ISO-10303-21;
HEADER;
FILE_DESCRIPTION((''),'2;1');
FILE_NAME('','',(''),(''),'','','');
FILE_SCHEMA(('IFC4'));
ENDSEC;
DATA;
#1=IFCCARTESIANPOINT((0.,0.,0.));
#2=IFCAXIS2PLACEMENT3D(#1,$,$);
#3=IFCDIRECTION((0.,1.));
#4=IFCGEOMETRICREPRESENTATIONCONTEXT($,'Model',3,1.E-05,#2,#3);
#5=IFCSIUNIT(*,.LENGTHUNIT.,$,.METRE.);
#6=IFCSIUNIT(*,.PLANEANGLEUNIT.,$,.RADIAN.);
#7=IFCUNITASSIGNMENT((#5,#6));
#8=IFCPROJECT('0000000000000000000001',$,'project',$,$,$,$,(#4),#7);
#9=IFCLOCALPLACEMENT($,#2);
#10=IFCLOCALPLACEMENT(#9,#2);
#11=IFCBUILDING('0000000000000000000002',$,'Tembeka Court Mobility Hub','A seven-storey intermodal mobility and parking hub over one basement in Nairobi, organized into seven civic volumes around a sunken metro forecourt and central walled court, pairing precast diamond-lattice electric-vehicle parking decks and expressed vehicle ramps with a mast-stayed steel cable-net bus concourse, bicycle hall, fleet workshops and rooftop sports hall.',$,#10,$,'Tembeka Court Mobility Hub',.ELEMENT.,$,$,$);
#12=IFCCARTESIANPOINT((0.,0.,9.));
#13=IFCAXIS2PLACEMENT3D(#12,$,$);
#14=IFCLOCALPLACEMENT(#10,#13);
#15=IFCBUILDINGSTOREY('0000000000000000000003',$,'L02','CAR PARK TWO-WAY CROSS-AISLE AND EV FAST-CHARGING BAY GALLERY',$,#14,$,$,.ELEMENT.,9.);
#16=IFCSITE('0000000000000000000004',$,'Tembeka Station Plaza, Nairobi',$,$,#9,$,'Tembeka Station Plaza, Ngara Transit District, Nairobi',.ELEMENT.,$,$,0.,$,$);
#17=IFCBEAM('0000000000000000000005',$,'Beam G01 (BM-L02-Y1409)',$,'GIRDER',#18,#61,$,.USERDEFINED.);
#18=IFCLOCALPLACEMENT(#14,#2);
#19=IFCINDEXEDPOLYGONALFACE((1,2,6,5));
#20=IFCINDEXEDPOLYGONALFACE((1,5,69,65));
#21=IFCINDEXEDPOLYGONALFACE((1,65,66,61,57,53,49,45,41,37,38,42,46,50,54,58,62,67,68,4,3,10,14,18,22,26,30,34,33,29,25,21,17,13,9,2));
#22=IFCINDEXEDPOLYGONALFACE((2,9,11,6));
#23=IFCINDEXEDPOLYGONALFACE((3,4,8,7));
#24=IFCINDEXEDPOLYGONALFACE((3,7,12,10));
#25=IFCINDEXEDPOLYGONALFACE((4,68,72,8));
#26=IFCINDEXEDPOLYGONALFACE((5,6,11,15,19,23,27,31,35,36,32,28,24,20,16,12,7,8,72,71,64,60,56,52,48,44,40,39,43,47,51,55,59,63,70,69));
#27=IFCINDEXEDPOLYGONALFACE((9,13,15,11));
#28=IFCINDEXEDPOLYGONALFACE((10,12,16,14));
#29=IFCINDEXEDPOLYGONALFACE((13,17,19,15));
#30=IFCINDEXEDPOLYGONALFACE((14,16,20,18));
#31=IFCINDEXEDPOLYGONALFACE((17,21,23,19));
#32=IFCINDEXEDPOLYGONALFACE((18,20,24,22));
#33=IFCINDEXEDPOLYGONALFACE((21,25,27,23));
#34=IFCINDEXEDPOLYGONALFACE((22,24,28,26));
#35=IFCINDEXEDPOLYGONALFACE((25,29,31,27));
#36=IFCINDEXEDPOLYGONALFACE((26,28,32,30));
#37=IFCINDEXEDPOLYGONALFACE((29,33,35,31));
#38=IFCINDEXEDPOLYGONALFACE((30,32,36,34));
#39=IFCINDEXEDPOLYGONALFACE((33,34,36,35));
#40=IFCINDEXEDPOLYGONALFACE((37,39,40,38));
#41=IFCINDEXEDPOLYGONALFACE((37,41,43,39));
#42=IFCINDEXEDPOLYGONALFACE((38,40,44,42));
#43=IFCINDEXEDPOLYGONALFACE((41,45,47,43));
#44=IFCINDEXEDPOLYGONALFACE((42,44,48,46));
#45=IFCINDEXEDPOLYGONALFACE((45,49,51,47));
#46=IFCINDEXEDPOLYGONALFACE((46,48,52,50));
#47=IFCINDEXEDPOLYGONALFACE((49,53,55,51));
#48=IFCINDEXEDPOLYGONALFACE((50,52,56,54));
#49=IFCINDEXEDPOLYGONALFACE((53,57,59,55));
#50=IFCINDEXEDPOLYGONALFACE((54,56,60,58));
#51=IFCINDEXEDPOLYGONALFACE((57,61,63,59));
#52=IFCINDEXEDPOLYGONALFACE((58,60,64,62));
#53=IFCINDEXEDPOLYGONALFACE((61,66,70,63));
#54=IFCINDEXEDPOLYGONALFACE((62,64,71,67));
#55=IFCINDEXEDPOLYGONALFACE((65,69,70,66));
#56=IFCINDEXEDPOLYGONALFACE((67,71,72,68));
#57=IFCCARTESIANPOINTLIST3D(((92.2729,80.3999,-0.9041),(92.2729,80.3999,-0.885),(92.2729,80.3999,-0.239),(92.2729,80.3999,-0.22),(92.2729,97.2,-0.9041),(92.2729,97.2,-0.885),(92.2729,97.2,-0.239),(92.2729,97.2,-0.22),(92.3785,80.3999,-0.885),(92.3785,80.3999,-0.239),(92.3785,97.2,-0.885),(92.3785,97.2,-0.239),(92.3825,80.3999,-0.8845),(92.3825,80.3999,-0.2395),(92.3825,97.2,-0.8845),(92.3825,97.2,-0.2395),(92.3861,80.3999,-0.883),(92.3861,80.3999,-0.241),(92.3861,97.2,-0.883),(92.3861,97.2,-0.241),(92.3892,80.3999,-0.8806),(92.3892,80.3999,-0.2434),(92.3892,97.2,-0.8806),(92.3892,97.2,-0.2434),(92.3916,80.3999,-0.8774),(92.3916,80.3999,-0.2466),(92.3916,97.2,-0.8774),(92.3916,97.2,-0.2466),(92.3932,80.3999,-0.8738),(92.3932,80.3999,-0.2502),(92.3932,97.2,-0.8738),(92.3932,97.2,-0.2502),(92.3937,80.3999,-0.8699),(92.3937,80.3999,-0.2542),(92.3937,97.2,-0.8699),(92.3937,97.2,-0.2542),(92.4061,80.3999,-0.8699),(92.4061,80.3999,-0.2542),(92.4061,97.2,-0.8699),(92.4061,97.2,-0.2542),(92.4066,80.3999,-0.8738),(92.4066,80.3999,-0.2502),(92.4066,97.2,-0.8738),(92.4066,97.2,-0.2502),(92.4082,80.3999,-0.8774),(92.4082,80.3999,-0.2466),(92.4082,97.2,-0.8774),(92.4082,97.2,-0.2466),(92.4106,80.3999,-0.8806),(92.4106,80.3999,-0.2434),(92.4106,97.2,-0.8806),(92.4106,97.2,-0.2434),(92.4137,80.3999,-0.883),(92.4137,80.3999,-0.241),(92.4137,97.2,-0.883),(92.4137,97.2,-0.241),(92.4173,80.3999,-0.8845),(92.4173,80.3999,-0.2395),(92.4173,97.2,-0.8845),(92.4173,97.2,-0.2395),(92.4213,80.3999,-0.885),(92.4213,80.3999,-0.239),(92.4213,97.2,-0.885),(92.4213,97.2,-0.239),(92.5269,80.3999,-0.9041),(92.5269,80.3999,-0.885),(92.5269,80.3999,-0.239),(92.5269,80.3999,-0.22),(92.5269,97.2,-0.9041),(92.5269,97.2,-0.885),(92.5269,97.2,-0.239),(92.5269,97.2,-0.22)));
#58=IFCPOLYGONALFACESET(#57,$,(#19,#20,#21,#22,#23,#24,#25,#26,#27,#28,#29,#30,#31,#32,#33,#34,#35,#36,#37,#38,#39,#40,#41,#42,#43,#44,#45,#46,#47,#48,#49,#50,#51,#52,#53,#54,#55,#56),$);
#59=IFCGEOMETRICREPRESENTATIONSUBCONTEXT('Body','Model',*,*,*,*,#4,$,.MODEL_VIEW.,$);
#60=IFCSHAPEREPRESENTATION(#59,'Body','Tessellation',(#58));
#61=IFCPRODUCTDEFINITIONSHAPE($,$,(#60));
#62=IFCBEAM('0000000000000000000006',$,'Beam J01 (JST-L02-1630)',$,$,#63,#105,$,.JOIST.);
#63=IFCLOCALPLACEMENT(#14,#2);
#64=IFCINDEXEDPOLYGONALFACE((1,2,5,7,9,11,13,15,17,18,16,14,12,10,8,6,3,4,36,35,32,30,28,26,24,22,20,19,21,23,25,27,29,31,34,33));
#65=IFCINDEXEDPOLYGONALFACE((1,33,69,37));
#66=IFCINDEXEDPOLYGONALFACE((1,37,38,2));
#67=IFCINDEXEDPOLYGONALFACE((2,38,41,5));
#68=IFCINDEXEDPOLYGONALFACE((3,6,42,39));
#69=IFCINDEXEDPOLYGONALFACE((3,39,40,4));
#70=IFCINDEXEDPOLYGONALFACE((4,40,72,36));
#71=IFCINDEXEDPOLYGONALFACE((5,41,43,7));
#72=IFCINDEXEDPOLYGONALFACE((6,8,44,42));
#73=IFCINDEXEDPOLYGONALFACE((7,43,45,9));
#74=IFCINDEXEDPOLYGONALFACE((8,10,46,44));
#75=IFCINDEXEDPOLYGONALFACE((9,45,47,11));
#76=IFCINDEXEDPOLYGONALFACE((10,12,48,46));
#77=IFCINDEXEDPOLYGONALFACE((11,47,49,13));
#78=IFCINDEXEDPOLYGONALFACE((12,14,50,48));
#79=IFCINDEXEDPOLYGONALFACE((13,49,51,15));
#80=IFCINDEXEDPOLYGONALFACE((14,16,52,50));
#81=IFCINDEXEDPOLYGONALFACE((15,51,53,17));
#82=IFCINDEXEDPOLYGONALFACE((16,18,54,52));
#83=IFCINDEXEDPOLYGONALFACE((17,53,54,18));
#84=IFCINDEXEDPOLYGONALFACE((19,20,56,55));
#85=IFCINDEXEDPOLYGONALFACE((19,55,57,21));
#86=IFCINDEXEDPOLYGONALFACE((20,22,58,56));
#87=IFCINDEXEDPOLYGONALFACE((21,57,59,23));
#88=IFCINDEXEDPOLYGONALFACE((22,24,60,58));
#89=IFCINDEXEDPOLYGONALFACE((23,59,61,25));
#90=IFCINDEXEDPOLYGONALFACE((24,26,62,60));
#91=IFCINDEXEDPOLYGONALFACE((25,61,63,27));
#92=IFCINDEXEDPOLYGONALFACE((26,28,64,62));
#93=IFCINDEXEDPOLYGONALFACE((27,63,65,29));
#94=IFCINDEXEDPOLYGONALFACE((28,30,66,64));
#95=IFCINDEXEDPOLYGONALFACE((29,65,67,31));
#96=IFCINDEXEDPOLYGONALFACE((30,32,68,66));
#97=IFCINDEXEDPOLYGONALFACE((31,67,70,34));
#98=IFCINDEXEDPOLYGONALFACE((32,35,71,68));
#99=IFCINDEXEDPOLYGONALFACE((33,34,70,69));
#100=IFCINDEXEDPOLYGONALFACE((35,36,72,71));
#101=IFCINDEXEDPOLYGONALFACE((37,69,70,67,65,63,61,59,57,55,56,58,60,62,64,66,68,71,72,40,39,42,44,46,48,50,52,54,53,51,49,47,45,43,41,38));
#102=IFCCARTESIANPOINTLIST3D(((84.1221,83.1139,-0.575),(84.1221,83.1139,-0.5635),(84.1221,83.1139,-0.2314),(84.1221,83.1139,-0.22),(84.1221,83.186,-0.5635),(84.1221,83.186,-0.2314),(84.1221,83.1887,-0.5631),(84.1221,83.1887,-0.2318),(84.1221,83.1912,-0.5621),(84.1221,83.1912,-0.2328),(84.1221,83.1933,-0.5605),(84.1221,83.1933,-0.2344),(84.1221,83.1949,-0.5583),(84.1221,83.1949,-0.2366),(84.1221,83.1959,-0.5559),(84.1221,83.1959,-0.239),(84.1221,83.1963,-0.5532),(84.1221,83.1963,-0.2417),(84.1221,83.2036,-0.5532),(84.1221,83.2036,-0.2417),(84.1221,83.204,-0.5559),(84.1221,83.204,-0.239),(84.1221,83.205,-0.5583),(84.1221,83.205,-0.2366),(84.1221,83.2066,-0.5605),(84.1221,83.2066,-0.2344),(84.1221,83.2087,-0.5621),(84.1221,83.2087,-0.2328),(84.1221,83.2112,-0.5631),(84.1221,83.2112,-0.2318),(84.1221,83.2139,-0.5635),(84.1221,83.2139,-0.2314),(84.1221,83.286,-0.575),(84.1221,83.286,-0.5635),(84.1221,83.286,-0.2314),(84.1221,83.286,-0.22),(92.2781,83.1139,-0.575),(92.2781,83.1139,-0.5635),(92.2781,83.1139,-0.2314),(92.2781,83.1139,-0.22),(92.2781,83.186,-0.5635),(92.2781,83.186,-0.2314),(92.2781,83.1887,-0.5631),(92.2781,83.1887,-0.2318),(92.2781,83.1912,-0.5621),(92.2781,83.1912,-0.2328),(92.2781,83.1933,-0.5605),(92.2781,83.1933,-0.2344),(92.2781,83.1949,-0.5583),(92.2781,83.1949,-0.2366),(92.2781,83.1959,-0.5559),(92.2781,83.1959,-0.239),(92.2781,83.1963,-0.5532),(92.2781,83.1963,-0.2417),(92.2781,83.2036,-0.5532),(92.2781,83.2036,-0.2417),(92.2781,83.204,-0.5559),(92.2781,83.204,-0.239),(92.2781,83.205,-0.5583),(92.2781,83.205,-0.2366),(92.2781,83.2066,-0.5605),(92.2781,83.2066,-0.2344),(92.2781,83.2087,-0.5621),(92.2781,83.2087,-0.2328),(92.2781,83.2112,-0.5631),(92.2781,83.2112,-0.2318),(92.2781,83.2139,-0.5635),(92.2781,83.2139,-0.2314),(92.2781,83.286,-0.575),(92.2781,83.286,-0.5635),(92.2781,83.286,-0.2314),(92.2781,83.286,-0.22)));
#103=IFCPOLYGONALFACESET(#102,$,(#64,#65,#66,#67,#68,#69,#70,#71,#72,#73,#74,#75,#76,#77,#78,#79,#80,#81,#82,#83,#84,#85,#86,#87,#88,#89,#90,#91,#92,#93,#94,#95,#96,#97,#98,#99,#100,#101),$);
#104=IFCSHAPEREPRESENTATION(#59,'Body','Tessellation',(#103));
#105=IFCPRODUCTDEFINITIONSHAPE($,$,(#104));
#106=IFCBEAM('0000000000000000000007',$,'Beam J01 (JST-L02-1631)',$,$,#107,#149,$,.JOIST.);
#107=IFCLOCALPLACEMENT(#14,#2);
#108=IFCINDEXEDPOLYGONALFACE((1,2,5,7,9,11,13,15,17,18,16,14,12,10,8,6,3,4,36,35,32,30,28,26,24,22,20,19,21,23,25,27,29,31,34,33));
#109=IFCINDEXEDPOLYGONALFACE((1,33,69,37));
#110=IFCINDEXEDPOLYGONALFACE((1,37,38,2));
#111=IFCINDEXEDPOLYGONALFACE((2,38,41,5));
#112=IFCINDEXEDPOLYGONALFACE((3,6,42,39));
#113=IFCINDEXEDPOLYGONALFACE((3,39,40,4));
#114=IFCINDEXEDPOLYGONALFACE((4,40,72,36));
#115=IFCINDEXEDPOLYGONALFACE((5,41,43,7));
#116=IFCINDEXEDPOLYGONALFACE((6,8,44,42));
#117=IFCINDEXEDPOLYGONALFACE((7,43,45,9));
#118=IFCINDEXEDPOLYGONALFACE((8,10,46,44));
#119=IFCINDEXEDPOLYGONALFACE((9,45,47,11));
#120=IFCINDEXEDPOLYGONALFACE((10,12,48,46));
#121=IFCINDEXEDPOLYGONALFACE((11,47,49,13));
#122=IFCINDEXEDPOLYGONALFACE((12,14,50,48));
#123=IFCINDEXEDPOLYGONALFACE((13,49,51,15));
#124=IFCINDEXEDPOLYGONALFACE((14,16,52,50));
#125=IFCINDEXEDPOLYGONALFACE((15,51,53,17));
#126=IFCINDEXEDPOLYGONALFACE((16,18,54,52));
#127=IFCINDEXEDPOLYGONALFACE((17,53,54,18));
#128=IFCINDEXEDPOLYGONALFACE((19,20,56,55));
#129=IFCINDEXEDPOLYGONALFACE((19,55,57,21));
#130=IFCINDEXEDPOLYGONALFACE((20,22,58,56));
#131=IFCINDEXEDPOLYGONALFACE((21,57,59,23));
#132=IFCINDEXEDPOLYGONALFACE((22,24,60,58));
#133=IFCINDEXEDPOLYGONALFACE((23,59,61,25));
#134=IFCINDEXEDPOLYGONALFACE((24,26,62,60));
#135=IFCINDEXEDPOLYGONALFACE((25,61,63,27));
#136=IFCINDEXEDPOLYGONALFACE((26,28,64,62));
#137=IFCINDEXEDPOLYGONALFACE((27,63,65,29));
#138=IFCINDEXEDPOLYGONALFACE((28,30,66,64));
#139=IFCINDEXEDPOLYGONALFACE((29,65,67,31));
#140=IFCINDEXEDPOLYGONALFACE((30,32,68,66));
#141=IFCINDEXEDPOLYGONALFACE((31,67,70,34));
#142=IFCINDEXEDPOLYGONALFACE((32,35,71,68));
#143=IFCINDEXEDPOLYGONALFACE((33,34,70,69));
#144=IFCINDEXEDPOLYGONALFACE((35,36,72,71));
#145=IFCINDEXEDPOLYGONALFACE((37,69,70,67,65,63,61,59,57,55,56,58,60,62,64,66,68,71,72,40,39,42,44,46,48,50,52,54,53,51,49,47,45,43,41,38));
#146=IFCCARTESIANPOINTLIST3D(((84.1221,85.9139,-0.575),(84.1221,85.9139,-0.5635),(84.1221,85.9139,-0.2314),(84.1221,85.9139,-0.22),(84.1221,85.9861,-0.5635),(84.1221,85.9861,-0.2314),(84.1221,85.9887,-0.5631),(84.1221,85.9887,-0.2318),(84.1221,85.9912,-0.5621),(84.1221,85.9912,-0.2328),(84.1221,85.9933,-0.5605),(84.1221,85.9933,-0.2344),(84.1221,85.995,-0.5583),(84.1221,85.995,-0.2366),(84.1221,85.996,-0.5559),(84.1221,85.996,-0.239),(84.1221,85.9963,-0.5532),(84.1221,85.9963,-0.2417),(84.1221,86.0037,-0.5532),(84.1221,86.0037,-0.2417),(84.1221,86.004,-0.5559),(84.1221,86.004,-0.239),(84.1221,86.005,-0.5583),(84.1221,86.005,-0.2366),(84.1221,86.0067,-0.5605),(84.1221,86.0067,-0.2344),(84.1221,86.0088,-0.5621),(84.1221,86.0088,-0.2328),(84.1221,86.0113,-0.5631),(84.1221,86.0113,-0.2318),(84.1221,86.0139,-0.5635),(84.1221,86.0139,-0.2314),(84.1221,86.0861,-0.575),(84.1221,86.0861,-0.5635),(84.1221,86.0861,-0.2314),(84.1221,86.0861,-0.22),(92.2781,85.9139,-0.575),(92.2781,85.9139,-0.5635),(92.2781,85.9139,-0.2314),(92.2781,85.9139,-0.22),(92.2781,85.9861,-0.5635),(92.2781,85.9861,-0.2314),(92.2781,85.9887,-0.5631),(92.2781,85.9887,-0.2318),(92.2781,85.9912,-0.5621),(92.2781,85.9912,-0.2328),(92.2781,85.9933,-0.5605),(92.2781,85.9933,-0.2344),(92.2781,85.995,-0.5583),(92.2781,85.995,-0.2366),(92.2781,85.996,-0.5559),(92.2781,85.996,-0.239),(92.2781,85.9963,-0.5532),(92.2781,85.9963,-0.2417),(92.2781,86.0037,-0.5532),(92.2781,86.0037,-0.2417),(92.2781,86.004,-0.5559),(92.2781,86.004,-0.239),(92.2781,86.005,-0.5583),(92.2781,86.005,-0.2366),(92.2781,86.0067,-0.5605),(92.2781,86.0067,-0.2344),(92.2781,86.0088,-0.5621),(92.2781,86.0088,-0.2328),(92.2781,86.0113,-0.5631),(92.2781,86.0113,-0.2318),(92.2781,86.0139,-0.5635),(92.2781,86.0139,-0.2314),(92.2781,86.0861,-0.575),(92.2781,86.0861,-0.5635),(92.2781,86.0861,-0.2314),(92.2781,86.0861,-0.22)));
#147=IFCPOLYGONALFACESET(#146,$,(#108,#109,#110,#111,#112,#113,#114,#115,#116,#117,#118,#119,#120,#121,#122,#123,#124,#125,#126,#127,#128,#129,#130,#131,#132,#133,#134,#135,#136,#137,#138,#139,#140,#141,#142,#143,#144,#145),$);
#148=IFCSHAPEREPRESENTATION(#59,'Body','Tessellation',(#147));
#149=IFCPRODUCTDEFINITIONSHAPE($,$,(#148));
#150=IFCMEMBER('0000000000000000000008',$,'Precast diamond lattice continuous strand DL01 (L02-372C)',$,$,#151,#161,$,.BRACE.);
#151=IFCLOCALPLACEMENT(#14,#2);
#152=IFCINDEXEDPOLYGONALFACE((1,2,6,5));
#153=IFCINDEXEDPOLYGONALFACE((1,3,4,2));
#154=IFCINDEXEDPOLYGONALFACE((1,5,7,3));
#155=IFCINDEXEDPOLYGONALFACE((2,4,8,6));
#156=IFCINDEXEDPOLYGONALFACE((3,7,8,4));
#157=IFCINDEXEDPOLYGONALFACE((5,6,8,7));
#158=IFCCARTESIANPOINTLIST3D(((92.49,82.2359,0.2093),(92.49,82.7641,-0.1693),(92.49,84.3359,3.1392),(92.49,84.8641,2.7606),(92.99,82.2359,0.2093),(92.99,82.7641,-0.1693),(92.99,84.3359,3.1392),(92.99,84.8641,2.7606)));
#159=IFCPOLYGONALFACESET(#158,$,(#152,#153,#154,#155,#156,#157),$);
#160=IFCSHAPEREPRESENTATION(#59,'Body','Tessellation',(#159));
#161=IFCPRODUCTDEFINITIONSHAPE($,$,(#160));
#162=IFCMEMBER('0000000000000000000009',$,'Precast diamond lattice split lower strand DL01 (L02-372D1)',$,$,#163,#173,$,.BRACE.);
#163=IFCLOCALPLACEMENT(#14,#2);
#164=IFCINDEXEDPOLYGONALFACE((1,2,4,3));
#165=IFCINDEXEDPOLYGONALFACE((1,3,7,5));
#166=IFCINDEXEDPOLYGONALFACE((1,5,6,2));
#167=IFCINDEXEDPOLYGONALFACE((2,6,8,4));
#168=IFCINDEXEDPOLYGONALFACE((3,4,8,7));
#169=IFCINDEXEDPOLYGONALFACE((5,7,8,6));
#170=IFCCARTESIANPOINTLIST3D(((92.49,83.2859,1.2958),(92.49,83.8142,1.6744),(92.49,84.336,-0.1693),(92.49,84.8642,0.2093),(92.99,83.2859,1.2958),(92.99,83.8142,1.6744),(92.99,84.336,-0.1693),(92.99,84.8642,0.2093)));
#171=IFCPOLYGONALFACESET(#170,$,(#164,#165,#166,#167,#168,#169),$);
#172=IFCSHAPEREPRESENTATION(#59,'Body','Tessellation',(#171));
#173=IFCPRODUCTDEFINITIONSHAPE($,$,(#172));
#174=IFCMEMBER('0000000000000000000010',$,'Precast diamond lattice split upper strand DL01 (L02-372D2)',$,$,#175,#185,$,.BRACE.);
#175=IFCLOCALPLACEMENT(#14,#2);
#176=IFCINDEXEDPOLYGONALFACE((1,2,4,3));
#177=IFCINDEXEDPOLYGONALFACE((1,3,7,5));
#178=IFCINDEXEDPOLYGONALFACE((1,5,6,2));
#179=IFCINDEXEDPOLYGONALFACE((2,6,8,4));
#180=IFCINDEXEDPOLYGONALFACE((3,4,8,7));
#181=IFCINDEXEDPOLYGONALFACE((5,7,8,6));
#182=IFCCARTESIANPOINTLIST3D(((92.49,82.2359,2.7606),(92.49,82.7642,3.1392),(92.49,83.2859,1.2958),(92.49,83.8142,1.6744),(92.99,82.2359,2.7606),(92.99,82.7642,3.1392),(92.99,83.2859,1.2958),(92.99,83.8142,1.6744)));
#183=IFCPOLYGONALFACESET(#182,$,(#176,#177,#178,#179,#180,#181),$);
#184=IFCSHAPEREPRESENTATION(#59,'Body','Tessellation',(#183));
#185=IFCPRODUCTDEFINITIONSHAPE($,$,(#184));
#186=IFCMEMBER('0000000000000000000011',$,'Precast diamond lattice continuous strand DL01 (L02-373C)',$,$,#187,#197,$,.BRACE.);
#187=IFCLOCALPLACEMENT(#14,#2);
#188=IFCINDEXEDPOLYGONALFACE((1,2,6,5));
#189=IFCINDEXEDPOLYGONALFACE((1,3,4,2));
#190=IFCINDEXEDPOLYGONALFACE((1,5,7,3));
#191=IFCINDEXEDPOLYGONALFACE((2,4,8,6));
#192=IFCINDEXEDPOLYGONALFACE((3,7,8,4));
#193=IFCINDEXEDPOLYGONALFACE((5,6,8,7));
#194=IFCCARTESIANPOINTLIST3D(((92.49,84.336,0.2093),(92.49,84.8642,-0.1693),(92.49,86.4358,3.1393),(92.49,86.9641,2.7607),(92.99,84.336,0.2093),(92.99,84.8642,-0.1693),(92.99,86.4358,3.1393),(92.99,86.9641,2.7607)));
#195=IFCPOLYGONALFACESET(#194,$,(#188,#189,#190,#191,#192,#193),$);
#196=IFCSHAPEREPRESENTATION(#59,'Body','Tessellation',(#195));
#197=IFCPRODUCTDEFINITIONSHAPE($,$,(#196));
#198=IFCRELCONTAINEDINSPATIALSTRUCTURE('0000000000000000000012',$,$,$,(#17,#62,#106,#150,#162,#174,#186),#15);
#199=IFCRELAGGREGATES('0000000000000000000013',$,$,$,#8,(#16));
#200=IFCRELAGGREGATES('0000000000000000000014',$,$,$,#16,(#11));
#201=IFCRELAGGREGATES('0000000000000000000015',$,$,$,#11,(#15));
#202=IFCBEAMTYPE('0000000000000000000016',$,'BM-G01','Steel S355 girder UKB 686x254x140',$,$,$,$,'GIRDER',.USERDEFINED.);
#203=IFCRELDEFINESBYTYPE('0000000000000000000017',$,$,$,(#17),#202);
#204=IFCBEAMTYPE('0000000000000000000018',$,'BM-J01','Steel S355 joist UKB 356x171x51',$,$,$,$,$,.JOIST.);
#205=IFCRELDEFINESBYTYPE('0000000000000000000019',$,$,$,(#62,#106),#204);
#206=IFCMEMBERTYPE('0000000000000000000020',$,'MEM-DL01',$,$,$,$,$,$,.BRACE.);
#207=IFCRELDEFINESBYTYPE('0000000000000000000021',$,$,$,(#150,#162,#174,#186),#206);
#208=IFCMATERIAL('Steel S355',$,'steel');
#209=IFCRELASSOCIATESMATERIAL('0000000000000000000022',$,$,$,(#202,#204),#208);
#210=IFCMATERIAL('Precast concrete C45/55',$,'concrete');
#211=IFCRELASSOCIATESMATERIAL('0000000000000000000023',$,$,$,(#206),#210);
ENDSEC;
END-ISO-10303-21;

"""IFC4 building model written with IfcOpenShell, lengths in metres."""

from ifc_helpers import new_model, si_unit, direction, frame, origin, origin_2d, place, context, subcontext, project, spatial, rectangle, i_section, extrude, material, material_profile, profile_set, type_object, element, save


model = new_model("IFC4")

# Units and contexts
model_context = context("Model", 3, precision=1e-05, world=origin(), true_north=direction((0.0, 1.0)))
body_context = subcontext(model_context, "Body", "Model", "MODEL_VIEW")
ifc_project = project(units=[si_unit("LENGTHUNIT", "METRE"), si_unit("PLANEANGLEUNIT", "RADIAN")], contexts=[model_context])

# Site, building, storey
site_placement = place(None, origin())
site = spatial("IfcSite", under=ifc_project, at=site_placement, Name="Tembeka Station Plaza, Nairobi", LongName="Tembeka Station Plaza, Ngara Transit District, Nairobi", CompositionType="ELEMENT", RefElevation=0.0)
building_placement = place(site_placement, origin())
building = spatial("IfcBuilding", under=site, at=building_placement, Name="Tembeka Court Mobility Hub", Description="A seven-storey intermodal mobility and parking hub over one basement in Nairobi, organized into seven civic volumes around a sunken metro forecourt and central walled court, pairing precast diamond-lattice electric-vehicle parking decks and expressed vehicle ramps with a mast-stayed steel cable-net bus concourse, bicycle hall, fleet workshops and rooftop sports hall.", LongName="Tembeka Court Mobility Hub", CompositionType="ELEMENT")
storey_placement = place(building_placement, frame((0.0, 0.0, 9.0)))
storey = spatial("IfcBuildingStorey", under=building, at=storey_placement, Name="L02", Description="CAR PARK TWO-WAY CROSS-AISLE AND EV FAST-CHARGING BAY GALLERY", CompositionType="ELEMENT", Elevation=9.0)

# Beams
ifc_material_1 = material(Name="Steel S355", Category="steel")
ifc_material_profile_1 = material_profile(ifc_material_1, i_section(OverallWidth=0.2539, OverallDepth=0.6841, WebThickness=0.0125, FlangeThickness=0.019, FilletRadius=0.0151, at=origin_2d()), Name="UKB 686x254x140")
ifc_profile_set_1 = profile_set([ifc_material_profile_1], Name="Steel S355")
beam_type_1 = type_object("IfcBeamType", Name="BM-G01", Description="Steel S355 girder UKB 686x254x140", ElementType="GIRDER", PredefinedType="USERDEFINED", material=ifc_profile_set_1)
beam_placement = place(storey_placement, frame((92.3999, 80.3999, -0.562), z_axis=(0.0, 1.0, 0.0), x_axis=(-1.0, 0.0, 0.0)))
element("IfcBeam", 1, at=beam_placement, inside=storey, type_object=beam_type_1, Name="Beam G01 (BM-L02-Y1409)", ObjectType="GIRDER", PredefinedType="USERDEFINED", context=body_context, shape_type="SweptSolid", body=[
    extrude(i_section(OverallWidth=0.2539, OverallDepth=0.6841, WebThickness=0.0125, FlangeThickness=0.019, FilletRadius=0.0151, at=origin_2d()), origin(), (0.0, 0.0, 1.0), 16.8),
])
ifc_material_profile_2 = material_profile(ifc_material_1, i_section(OverallWidth=0.1721, OverallDepth=0.355, WebThickness=0.0073, FlangeThickness=0.0115, FilletRadius=0.0103, at=origin_2d()), Name="UKB 356x171x51")
ifc_profile_set_2 = profile_set([ifc_material_profile_2], Name="Steel S355")
beam_type_2 = type_object("IfcBeamType", Name="BM-J01", Description="Steel S355 joist UKB 356x171x51", PredefinedType="JOIST", material=ifc_profile_set_2)
for number, where, z_axis, x_axis, name in (
    (2, (84.1221, 83.2, -0.3975), (1.0, 0.0, 0.0), (0.0, 1.0, 0.0), "Beam J01 (JST-L02-1630)"),
    (3, (84.1221, 86.0, -0.3975), (1.0, 0.0, 0.0), (0.0, 1.0, 0.0), "Beam J01 (JST-L02-1631)"),
):
    element("IfcBeam", number, at=place(storey_placement, frame(where, z_axis=z_axis, x_axis=x_axis)), inside=storey, type_object=beam_type_2, Name=name, PredefinedType="JOIST", context=body_context, shape_type="SweptSolid", body=[
        extrude(i_section(OverallWidth=0.1721, OverallDepth=0.355, WebThickness=0.0073, FlangeThickness=0.0115, FilletRadius=0.0103, at=origin_2d()), origin(), (0.0, 0.0, 1.0), 8.156),
    ])

# Members
ifc_material_2 = material(Name="Precast concrete C45/55", Category="concrete")
ifc_material_profile_3 = material_profile(ifc_material_2, rectangle(XDim=0.5, YDim=0.6499, at=origin_2d()), Name="PC-DIAG 500x650")
ifc_profile_set_3 = profile_set([ifc_material_profile_3], Name="Precast concrete C45/55")
member_type_1 = type_object("IfcMemberType", Name="MEM-DL01", PredefinedType="BRACE", material=ifc_profile_set_3)
member_1_placement = place(storey_placement, frame((92.74, 82.5, 0.02), z_axis=(0.0, 0.582576, 0.812776), x_axis=(-1.0, 0.0, 0.0)))
element("IfcMember", 4, at=member_1_placement, inside=storey, type_object=member_type_1, Name="Precast diamond lattice continuous strand DL01 (L02-372C)", PredefinedType="BRACE", context=body_context, shape_type="SweptSolid", body=[
    extrude(rectangle(XDim=0.5, YDim=0.6499, at=origin_2d()), origin(), (0.0, 0.0, 1.0), 3.6047),
])
member_2_placement = place(storey_placement, frame((92.74, 84.6001, 0.02), z_axis=(0.0, -0.582544, 0.812799), x_axis=(1.0, 0.0, 0.0)))
element("IfcMember", 5, at=member_2_placement, inside=storey, type_object=member_type_1, Name="Precast diamond lattice split lower strand DL01 (L02-372D1)", PredefinedType="BRACE", context=body_context, shape_type="SweptSolid", body=[
    extrude(rectangle(XDim=0.5, YDim=0.6499, at=origin_2d()), origin(), (0.0, 0.0, 1.0), 1.8025),
])
member_3_placement = place(storey_placement, frame((92.74, 83.55, 1.4851), z_axis=(0.0, -0.582608, 0.812753), x_axis=(1.0, 0.0, 0.0)))
element("IfcMember", 6, at=member_3_placement, inside=storey, type_object=member_type_1, Name="Precast diamond lattice split upper strand DL01 (L02-372D2)", PredefinedType="BRACE", context=body_context, shape_type="SweptSolid", body=[
    extrude(rectangle(XDim=0.5, YDim=0.6499, at=origin_2d()), origin(), (0.0, 0.0, 1.0), 1.8022),
])
member_4_placement = place(storey_placement, frame((92.74, 84.6001, 0.02), z_axis=(0.0, 0.582532, 0.812808), x_axis=(-1.0, 0.0, 0.0)))
element("IfcMember", 7, at=member_4_placement, inside=storey, type_object=member_type_1, Name="Precast diamond lattice continuous strand DL01 (L02-373C)", PredefinedType="BRACE", context=body_context, shape_type="SweptSolid", body=[
    extrude(rectangle(XDim=0.5, YDim=0.6499, at=origin_2d()), origin(), (0.0, 0.0, 1.0), 3.6047),
])

save(model, "model.ifc")
